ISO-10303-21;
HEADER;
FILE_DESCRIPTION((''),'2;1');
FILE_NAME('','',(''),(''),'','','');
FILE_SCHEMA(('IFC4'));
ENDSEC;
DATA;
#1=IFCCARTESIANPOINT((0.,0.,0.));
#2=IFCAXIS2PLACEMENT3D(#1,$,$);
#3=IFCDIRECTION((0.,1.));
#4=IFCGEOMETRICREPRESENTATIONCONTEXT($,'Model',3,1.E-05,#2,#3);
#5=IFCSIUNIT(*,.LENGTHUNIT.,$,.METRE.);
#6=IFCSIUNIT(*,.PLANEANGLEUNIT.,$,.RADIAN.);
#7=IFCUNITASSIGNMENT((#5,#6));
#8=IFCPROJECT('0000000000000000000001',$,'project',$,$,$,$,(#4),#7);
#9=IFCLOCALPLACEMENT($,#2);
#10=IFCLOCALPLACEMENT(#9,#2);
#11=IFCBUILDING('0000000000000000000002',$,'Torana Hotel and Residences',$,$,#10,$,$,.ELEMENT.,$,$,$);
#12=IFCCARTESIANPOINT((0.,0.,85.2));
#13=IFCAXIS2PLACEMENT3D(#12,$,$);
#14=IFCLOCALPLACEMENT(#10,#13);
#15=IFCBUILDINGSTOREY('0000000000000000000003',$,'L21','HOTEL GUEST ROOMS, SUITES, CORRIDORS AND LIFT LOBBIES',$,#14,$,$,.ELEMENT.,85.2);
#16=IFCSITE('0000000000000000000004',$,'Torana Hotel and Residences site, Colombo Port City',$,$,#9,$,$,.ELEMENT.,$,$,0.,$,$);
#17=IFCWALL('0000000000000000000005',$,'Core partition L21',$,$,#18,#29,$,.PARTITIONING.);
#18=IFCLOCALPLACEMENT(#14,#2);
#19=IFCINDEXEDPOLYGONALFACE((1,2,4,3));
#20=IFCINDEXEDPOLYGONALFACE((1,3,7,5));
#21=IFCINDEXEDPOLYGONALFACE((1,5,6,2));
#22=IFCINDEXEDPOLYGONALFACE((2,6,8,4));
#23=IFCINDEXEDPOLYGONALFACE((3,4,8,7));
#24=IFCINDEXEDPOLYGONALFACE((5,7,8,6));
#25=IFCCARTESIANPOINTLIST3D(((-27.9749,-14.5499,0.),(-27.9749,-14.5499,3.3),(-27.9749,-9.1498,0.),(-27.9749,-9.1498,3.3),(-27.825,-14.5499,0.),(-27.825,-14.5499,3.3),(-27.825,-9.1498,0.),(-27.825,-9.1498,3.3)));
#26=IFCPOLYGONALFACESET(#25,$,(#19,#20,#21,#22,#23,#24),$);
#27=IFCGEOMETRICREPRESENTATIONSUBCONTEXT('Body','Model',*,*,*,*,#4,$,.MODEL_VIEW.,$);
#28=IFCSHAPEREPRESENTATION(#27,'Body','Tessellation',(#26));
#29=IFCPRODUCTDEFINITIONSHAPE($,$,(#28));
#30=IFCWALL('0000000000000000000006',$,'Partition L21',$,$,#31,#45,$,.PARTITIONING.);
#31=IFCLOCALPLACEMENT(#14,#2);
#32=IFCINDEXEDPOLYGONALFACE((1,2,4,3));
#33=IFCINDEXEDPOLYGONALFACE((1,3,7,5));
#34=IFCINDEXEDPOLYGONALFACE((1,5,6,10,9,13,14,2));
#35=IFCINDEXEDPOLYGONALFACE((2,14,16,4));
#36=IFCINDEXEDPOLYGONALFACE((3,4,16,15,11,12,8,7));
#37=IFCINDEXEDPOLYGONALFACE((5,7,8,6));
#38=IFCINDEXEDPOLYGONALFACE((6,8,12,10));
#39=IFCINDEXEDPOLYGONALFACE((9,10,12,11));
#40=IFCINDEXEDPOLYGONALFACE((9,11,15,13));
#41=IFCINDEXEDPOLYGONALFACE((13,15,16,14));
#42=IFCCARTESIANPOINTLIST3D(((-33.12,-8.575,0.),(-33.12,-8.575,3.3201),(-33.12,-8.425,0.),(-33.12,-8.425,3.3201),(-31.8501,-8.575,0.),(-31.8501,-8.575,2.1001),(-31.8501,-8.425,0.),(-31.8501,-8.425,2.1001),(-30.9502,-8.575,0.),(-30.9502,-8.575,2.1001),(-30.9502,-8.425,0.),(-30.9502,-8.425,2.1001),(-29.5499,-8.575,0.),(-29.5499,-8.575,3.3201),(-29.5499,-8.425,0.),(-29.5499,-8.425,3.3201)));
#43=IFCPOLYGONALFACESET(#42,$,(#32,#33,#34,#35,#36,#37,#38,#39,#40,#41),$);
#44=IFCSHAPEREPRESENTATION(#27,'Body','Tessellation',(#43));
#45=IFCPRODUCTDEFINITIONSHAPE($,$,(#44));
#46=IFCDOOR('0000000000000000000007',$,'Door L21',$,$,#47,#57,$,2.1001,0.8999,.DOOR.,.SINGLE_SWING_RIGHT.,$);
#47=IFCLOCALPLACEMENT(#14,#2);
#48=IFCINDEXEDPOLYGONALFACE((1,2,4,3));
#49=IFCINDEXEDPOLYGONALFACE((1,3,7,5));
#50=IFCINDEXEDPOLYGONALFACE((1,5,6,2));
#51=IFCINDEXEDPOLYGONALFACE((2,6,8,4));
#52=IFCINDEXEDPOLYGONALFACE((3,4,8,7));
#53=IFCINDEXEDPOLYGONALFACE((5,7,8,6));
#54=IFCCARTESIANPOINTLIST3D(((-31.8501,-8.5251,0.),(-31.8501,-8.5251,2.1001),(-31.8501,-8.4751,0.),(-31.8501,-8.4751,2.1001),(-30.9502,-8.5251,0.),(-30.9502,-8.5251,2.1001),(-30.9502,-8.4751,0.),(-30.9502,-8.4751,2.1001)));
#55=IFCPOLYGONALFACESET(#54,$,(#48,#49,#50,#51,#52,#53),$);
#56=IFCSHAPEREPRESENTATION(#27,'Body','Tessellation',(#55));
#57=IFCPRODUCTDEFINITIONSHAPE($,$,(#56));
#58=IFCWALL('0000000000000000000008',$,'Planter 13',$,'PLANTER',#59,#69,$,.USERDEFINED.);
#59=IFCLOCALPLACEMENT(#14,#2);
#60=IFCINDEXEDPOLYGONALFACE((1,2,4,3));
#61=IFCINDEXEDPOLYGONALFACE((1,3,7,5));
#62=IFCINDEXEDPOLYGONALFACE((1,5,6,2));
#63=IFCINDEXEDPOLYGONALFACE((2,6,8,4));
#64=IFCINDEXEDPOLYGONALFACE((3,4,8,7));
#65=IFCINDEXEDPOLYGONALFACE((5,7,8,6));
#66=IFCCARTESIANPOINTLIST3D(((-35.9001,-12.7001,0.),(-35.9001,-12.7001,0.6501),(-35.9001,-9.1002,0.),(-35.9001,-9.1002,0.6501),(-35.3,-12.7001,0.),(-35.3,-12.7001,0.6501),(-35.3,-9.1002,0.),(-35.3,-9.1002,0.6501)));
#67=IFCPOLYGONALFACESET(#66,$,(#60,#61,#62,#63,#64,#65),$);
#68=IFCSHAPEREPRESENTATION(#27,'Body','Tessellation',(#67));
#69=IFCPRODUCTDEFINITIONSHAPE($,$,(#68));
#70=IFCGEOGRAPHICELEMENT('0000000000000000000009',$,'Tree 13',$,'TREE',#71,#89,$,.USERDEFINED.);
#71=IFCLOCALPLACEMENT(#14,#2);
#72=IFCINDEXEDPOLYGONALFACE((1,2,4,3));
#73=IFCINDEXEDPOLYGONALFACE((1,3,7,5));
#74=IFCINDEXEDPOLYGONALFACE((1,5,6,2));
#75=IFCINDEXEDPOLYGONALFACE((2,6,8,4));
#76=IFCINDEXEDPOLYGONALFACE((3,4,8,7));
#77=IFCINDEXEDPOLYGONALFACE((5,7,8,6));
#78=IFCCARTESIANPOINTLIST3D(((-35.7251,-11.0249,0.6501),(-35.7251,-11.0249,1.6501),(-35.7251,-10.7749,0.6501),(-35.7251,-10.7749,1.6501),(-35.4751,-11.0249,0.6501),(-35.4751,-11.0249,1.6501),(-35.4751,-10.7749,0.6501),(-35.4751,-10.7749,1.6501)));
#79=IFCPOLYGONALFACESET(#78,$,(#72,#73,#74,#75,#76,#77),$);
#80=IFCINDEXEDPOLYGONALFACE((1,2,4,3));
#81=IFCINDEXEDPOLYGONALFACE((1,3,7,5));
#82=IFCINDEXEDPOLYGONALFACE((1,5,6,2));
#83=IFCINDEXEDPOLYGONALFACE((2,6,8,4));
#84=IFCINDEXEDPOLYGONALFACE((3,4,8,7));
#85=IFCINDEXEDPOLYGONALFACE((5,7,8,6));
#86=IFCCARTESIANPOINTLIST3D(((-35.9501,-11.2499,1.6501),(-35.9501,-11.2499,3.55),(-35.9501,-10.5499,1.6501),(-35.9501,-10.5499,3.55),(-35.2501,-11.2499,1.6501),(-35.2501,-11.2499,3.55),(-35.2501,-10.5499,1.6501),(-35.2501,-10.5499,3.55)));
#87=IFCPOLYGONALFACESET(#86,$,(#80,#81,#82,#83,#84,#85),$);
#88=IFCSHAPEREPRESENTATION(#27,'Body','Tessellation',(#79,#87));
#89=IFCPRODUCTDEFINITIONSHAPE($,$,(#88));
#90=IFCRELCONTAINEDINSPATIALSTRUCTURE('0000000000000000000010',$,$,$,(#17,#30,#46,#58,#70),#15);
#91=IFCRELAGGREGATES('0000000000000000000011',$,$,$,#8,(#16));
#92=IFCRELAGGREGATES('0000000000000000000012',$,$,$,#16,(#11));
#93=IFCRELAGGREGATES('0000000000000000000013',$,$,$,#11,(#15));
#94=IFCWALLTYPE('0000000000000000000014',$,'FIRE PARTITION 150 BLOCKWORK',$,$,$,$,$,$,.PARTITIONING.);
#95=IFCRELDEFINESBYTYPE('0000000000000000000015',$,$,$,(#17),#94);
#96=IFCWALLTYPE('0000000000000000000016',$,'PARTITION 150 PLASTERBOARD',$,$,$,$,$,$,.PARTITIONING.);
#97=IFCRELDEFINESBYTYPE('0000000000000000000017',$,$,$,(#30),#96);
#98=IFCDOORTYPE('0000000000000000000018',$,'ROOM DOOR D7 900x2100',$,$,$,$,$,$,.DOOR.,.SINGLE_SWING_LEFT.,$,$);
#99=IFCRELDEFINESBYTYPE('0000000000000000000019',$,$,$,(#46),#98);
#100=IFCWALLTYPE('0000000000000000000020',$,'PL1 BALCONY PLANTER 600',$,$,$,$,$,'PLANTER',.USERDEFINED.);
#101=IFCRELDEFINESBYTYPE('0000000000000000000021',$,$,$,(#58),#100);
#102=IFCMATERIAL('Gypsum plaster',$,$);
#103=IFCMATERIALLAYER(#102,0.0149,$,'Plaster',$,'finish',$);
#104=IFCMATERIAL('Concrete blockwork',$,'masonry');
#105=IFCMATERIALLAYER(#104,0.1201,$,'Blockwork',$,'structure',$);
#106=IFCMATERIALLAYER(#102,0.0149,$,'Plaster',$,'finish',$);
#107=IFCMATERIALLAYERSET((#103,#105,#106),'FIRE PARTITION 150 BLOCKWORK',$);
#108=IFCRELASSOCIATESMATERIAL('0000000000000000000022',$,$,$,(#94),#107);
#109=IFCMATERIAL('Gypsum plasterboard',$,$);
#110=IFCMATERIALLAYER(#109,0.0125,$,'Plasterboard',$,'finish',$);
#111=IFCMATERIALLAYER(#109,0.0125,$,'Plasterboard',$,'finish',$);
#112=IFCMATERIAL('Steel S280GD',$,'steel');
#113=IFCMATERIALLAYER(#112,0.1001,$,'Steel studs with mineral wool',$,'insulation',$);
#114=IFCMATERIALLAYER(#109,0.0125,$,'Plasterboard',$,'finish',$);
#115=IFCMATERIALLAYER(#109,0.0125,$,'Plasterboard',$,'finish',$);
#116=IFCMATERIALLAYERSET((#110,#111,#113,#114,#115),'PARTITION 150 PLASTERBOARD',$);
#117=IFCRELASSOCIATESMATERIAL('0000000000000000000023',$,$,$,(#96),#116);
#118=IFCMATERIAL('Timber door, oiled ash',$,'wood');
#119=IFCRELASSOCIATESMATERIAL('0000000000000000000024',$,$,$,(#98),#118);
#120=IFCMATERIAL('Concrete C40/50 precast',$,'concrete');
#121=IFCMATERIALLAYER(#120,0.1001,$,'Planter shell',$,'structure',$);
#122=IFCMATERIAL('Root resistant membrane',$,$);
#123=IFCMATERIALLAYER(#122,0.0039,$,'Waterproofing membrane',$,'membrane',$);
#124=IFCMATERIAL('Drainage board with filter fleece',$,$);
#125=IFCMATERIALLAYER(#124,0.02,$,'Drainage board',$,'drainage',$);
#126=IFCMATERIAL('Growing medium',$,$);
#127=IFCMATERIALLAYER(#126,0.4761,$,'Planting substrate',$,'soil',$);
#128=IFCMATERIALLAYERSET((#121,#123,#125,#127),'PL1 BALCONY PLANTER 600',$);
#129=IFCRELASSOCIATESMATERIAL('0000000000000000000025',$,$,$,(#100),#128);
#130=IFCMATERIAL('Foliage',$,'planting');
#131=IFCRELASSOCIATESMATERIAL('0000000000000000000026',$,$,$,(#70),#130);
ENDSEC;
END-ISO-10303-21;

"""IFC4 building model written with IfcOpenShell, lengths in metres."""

from ifc_helpers import new_model, si_unit, direction, frame, frame_2d, origin, origin_2d, place, context, subcontext, project, spatial, rectangle, extrude, material, layer, layer_set, type_object, element, fill, save


model = new_model("IFC4")

# Units and contexts
model_context = context("Model", 3, precision=1e-05, world=origin(), true_north=direction((0.0, 1.0)))
body_context = subcontext(model_context, "Body", "Model", "MODEL_VIEW")
ifc_project = project(units=[si_unit("LENGTHUNIT", "METRE"), si_unit("PLANEANGLEUNIT", "RADIAN")], contexts=[model_context])

# Site, building, storey
site_placement = place(None, origin())
site = spatial("IfcSite", under=ifc_project, at=site_placement, Name="Torana Hotel and Residences site, Colombo Port City", CompositionType="ELEMENT", RefElevation=0.0)
building_placement = place(site_placement, origin())
building = spatial("IfcBuilding", under=site, at=building_placement, Name="Torana Hotel and Residences", CompositionType="ELEMENT")
storey_placement = place(building_placement, frame((0.0, 0.0, 85.2)))
storey = spatial("IfcBuildingStorey", under=building, at=storey_placement, Name="L21", Description="HOTEL GUEST ROOMS, SUITES, CORRIDORS AND LIFT LOBBIES", CompositionType="ELEMENT", Elevation=85.2)

# Wall
ifc_material_1 = material(Name="Gypsum plaster")
ifc_layer_1 = layer(ifc_material_1, 0.0149, Name="Plaster", Category="finish")
ifc_material_2 = material(Name="Concrete blockwork", Category="masonry")
ifc_layer_2 = layer(ifc_material_2, 0.1201, Name="Blockwork", Category="structure")
ifc_layer_3 = layer(ifc_material_1, 0.0149, Name="Plaster", Category="finish")
ifc_layer_set_1 = layer_set([ifc_layer_1, ifc_layer_2, ifc_layer_3], Name="FIRE PARTITION 150 BLOCKWORK")
wall_type_1 = type_object("IfcWallType", Name="FIRE PARTITION 150 BLOCKWORK", PredefinedType="PARTITIONING", material=ifc_layer_set_1)
wall_1_placement = place(storey_placement, frame((-27.8999, -14.55, 0.0), z_axis=(0.0, 0.0, 1.0), x_axis=(0.0, 1.0, 0.0)))
element("IfcWall", 1, at=wall_1_placement, inside=storey, type_object=wall_type_1, Name="Core partition L21", PredefinedType="PARTITIONING", context=body_context, shape_type="SweptSolid", body=[
    extrude(rectangle(XDim=5.4001, YDim=0.1499, at=frame_2d((2.7002, 0.0))), origin(), (0.0, 0.0, 1.0), 3.3),
])

# Wall, opening, door
ifc_material_3 = material(Name="Gypsum plasterboard")
ifc_layer_4 = layer(ifc_material_3, 0.0125, Name="Plasterboard", Category="finish")
ifc_layer_5 = layer(ifc_material_3, 0.0125, Name="Plasterboard", Category="finish")
ifc_material_4 = material(Name="Steel S280GD", Category="steel")
ifc_layer_6 = layer(ifc_material_4, 0.1001, Name="Steel studs with mineral wool", Category="insulation")
ifc_layer_7 = layer(ifc_material_3, 0.0125, Name="Plasterboard", Category="finish")
ifc_layer_8 = layer(ifc_material_3, 0.0125, Name="Plasterboard", Category="finish")
ifc_layer_set_2 = layer_set([ifc_layer_4, ifc_layer_5, ifc_layer_6, ifc_layer_7, ifc_layer_8], Name="PARTITION 150 PLASTERBOARD")
wall_type_2 = type_object("IfcWallType", Name="PARTITION 150 PLASTERBOARD", PredefinedType="PARTITIONING", material=ifc_layer_set_2)
wall_2_placement = place(storey_placement, frame((-33.1201, -8.5, 0.0), z_axis=(0.0, 0.0, 1.0), x_axis=(1.0, 0.0, 0.0)))
wall_2 = element("IfcWall", 2, at=wall_2_placement, inside=storey, type_object=wall_type_2, Name="Partition L21", PredefinedType="PARTITIONING", context=body_context, shape_type="SweptSolid", body=[
    extrude(rectangle(XDim=3.5701, YDim=0.1499, at=frame_2d((1.7852, 0.0))), origin(), (0.0, 0.0, 1.0), 3.3201),
])
opening_1_placement = place(wall_2_placement, frame((1.27, 0.0, 0.0)))
opening_1 = element("IfcOpeningElement", 3, at=opening_1_placement, cuts=wall_2, PredefinedType="OPENING", context=body_context, shape_type="SweptSolid", body=[
    extrude(rectangle(XDim=0.8999, YDim=2.1001, at=frame_2d((0.45, 1.05))), frame((0.0, 0.085, 0.0), z_axis=(0.0, -1.0, 0.0), x_axis=(1.0, 0.0, 0.0)), (0.0, 0.0, 1.0), 0.1699),
])
ifc_material_5 = material(Name="Timber door, oiled ash", Category="wood")
door_type_1 = type_object("IfcDoorType", Name="ROOM DOOR D7 900x2100", OperationType="SINGLE_SWING_LEFT", PredefinedType="DOOR", material=ifc_material_5)
door_1_placement = place(opening_1_placement, origin())
door_1 = element("IfcDoor", 4, at=door_1_placement, inside=storey, type_object=door_type_1, Name="Door L21", OperationType="SINGLE_SWING_RIGHT", OverallHeight=2.1001, OverallWidth=0.8999, PredefinedType="DOOR", context=body_context, shape_type="SweptSolid", body=[
    extrude(rectangle(XDim=0.8999, YDim=2.1001, at=frame_2d((0.45, 1.05))), frame((0.0, 0.0249, 0.0), z_axis=(0.0, -1.0, 0.0), x_axis=(1.0, 0.0, 0.0)), (0.0, 0.0, 1.0), 0.05),
])
fill(opening_1, door_1)

# Wall
ifc_material_6 = material(Name="Concrete C40/50 precast", Category="concrete")
ifc_layer_9 = layer(ifc_material_6, 0.1001, Name="Planter shell", Category="structure")
ifc_material_7 = material(Name="Root resistant membrane")
ifc_layer_10 = layer(ifc_material_7, 0.0039, Name="Waterproofing membrane", Category="membrane")
ifc_material_8 = material(Name="Drainage board with filter fleece")
ifc_layer_11 = layer(ifc_material_8, 0.02, Name="Drainage board", Category="drainage")
ifc_material_9 = material(Name="Growing medium")
ifc_layer_12 = layer(ifc_material_9, 0.4761, Name="Planting substrate", Category="soil")
ifc_layer_set_3 = layer_set([ifc_layer_9, ifc_layer_10, ifc_layer_11, ifc_layer_12], Name="PL1 BALCONY PLANTER 600")
wall_type_3 = type_object("IfcWallType", Name="PL1 BALCONY PLANTER 600", ElementType="PLANTER", PredefinedType="USERDEFINED", material=ifc_layer_set_3)
wall_3_placement = place(storey_placement, frame((-35.6001, -12.7, 0.0), z_axis=(0.0, 0.0, 1.0), x_axis=(0.0, 1.0, 0.0)))
element("IfcWall", 5, at=wall_3_placement, inside=storey, type_object=wall_type_3, Name="Planter 13", ObjectType="PLANTER", PredefinedType="USERDEFINED", context=body_context, shape_type="SweptSolid", body=[
    extrude(rectangle(XDim=3.5999, YDim=0.6001, at=frame_2d((1.7998, 0.0))), origin(), (0.0, 0.0, 1.0), 0.6501),
])

# Geographic element
ifc_material_10 = material(Name="Foliage", Category="planting")
geographic_element_placement = place(storey_placement, frame((-35.6001, -10.8999, 0.6501), z_axis=(0.0, 0.0, 1.0), x_axis=(1.0, 0.0, 0.0)))
element("IfcGeographicElement", 6, at=geographic_element_placement, inside=storey, material=ifc_material_10, Name="Tree 13", ObjectType="TREE", PredefinedType="USERDEFINED", context=body_context, shape_type="SweptSolid", body=[
    extrude(rectangle(XDim=0.25, YDim=0.25, at=origin_2d()), origin(), (0.0, 0.0, 1.0), 1.0),
    extrude(rectangle(XDim=0.7, YDim=0.7, at=origin_2d()), frame((0.0, 0.0, 1.0)), (0.0, 0.0, 1.0), 1.8999),
])

save(model, "model.ifc")
